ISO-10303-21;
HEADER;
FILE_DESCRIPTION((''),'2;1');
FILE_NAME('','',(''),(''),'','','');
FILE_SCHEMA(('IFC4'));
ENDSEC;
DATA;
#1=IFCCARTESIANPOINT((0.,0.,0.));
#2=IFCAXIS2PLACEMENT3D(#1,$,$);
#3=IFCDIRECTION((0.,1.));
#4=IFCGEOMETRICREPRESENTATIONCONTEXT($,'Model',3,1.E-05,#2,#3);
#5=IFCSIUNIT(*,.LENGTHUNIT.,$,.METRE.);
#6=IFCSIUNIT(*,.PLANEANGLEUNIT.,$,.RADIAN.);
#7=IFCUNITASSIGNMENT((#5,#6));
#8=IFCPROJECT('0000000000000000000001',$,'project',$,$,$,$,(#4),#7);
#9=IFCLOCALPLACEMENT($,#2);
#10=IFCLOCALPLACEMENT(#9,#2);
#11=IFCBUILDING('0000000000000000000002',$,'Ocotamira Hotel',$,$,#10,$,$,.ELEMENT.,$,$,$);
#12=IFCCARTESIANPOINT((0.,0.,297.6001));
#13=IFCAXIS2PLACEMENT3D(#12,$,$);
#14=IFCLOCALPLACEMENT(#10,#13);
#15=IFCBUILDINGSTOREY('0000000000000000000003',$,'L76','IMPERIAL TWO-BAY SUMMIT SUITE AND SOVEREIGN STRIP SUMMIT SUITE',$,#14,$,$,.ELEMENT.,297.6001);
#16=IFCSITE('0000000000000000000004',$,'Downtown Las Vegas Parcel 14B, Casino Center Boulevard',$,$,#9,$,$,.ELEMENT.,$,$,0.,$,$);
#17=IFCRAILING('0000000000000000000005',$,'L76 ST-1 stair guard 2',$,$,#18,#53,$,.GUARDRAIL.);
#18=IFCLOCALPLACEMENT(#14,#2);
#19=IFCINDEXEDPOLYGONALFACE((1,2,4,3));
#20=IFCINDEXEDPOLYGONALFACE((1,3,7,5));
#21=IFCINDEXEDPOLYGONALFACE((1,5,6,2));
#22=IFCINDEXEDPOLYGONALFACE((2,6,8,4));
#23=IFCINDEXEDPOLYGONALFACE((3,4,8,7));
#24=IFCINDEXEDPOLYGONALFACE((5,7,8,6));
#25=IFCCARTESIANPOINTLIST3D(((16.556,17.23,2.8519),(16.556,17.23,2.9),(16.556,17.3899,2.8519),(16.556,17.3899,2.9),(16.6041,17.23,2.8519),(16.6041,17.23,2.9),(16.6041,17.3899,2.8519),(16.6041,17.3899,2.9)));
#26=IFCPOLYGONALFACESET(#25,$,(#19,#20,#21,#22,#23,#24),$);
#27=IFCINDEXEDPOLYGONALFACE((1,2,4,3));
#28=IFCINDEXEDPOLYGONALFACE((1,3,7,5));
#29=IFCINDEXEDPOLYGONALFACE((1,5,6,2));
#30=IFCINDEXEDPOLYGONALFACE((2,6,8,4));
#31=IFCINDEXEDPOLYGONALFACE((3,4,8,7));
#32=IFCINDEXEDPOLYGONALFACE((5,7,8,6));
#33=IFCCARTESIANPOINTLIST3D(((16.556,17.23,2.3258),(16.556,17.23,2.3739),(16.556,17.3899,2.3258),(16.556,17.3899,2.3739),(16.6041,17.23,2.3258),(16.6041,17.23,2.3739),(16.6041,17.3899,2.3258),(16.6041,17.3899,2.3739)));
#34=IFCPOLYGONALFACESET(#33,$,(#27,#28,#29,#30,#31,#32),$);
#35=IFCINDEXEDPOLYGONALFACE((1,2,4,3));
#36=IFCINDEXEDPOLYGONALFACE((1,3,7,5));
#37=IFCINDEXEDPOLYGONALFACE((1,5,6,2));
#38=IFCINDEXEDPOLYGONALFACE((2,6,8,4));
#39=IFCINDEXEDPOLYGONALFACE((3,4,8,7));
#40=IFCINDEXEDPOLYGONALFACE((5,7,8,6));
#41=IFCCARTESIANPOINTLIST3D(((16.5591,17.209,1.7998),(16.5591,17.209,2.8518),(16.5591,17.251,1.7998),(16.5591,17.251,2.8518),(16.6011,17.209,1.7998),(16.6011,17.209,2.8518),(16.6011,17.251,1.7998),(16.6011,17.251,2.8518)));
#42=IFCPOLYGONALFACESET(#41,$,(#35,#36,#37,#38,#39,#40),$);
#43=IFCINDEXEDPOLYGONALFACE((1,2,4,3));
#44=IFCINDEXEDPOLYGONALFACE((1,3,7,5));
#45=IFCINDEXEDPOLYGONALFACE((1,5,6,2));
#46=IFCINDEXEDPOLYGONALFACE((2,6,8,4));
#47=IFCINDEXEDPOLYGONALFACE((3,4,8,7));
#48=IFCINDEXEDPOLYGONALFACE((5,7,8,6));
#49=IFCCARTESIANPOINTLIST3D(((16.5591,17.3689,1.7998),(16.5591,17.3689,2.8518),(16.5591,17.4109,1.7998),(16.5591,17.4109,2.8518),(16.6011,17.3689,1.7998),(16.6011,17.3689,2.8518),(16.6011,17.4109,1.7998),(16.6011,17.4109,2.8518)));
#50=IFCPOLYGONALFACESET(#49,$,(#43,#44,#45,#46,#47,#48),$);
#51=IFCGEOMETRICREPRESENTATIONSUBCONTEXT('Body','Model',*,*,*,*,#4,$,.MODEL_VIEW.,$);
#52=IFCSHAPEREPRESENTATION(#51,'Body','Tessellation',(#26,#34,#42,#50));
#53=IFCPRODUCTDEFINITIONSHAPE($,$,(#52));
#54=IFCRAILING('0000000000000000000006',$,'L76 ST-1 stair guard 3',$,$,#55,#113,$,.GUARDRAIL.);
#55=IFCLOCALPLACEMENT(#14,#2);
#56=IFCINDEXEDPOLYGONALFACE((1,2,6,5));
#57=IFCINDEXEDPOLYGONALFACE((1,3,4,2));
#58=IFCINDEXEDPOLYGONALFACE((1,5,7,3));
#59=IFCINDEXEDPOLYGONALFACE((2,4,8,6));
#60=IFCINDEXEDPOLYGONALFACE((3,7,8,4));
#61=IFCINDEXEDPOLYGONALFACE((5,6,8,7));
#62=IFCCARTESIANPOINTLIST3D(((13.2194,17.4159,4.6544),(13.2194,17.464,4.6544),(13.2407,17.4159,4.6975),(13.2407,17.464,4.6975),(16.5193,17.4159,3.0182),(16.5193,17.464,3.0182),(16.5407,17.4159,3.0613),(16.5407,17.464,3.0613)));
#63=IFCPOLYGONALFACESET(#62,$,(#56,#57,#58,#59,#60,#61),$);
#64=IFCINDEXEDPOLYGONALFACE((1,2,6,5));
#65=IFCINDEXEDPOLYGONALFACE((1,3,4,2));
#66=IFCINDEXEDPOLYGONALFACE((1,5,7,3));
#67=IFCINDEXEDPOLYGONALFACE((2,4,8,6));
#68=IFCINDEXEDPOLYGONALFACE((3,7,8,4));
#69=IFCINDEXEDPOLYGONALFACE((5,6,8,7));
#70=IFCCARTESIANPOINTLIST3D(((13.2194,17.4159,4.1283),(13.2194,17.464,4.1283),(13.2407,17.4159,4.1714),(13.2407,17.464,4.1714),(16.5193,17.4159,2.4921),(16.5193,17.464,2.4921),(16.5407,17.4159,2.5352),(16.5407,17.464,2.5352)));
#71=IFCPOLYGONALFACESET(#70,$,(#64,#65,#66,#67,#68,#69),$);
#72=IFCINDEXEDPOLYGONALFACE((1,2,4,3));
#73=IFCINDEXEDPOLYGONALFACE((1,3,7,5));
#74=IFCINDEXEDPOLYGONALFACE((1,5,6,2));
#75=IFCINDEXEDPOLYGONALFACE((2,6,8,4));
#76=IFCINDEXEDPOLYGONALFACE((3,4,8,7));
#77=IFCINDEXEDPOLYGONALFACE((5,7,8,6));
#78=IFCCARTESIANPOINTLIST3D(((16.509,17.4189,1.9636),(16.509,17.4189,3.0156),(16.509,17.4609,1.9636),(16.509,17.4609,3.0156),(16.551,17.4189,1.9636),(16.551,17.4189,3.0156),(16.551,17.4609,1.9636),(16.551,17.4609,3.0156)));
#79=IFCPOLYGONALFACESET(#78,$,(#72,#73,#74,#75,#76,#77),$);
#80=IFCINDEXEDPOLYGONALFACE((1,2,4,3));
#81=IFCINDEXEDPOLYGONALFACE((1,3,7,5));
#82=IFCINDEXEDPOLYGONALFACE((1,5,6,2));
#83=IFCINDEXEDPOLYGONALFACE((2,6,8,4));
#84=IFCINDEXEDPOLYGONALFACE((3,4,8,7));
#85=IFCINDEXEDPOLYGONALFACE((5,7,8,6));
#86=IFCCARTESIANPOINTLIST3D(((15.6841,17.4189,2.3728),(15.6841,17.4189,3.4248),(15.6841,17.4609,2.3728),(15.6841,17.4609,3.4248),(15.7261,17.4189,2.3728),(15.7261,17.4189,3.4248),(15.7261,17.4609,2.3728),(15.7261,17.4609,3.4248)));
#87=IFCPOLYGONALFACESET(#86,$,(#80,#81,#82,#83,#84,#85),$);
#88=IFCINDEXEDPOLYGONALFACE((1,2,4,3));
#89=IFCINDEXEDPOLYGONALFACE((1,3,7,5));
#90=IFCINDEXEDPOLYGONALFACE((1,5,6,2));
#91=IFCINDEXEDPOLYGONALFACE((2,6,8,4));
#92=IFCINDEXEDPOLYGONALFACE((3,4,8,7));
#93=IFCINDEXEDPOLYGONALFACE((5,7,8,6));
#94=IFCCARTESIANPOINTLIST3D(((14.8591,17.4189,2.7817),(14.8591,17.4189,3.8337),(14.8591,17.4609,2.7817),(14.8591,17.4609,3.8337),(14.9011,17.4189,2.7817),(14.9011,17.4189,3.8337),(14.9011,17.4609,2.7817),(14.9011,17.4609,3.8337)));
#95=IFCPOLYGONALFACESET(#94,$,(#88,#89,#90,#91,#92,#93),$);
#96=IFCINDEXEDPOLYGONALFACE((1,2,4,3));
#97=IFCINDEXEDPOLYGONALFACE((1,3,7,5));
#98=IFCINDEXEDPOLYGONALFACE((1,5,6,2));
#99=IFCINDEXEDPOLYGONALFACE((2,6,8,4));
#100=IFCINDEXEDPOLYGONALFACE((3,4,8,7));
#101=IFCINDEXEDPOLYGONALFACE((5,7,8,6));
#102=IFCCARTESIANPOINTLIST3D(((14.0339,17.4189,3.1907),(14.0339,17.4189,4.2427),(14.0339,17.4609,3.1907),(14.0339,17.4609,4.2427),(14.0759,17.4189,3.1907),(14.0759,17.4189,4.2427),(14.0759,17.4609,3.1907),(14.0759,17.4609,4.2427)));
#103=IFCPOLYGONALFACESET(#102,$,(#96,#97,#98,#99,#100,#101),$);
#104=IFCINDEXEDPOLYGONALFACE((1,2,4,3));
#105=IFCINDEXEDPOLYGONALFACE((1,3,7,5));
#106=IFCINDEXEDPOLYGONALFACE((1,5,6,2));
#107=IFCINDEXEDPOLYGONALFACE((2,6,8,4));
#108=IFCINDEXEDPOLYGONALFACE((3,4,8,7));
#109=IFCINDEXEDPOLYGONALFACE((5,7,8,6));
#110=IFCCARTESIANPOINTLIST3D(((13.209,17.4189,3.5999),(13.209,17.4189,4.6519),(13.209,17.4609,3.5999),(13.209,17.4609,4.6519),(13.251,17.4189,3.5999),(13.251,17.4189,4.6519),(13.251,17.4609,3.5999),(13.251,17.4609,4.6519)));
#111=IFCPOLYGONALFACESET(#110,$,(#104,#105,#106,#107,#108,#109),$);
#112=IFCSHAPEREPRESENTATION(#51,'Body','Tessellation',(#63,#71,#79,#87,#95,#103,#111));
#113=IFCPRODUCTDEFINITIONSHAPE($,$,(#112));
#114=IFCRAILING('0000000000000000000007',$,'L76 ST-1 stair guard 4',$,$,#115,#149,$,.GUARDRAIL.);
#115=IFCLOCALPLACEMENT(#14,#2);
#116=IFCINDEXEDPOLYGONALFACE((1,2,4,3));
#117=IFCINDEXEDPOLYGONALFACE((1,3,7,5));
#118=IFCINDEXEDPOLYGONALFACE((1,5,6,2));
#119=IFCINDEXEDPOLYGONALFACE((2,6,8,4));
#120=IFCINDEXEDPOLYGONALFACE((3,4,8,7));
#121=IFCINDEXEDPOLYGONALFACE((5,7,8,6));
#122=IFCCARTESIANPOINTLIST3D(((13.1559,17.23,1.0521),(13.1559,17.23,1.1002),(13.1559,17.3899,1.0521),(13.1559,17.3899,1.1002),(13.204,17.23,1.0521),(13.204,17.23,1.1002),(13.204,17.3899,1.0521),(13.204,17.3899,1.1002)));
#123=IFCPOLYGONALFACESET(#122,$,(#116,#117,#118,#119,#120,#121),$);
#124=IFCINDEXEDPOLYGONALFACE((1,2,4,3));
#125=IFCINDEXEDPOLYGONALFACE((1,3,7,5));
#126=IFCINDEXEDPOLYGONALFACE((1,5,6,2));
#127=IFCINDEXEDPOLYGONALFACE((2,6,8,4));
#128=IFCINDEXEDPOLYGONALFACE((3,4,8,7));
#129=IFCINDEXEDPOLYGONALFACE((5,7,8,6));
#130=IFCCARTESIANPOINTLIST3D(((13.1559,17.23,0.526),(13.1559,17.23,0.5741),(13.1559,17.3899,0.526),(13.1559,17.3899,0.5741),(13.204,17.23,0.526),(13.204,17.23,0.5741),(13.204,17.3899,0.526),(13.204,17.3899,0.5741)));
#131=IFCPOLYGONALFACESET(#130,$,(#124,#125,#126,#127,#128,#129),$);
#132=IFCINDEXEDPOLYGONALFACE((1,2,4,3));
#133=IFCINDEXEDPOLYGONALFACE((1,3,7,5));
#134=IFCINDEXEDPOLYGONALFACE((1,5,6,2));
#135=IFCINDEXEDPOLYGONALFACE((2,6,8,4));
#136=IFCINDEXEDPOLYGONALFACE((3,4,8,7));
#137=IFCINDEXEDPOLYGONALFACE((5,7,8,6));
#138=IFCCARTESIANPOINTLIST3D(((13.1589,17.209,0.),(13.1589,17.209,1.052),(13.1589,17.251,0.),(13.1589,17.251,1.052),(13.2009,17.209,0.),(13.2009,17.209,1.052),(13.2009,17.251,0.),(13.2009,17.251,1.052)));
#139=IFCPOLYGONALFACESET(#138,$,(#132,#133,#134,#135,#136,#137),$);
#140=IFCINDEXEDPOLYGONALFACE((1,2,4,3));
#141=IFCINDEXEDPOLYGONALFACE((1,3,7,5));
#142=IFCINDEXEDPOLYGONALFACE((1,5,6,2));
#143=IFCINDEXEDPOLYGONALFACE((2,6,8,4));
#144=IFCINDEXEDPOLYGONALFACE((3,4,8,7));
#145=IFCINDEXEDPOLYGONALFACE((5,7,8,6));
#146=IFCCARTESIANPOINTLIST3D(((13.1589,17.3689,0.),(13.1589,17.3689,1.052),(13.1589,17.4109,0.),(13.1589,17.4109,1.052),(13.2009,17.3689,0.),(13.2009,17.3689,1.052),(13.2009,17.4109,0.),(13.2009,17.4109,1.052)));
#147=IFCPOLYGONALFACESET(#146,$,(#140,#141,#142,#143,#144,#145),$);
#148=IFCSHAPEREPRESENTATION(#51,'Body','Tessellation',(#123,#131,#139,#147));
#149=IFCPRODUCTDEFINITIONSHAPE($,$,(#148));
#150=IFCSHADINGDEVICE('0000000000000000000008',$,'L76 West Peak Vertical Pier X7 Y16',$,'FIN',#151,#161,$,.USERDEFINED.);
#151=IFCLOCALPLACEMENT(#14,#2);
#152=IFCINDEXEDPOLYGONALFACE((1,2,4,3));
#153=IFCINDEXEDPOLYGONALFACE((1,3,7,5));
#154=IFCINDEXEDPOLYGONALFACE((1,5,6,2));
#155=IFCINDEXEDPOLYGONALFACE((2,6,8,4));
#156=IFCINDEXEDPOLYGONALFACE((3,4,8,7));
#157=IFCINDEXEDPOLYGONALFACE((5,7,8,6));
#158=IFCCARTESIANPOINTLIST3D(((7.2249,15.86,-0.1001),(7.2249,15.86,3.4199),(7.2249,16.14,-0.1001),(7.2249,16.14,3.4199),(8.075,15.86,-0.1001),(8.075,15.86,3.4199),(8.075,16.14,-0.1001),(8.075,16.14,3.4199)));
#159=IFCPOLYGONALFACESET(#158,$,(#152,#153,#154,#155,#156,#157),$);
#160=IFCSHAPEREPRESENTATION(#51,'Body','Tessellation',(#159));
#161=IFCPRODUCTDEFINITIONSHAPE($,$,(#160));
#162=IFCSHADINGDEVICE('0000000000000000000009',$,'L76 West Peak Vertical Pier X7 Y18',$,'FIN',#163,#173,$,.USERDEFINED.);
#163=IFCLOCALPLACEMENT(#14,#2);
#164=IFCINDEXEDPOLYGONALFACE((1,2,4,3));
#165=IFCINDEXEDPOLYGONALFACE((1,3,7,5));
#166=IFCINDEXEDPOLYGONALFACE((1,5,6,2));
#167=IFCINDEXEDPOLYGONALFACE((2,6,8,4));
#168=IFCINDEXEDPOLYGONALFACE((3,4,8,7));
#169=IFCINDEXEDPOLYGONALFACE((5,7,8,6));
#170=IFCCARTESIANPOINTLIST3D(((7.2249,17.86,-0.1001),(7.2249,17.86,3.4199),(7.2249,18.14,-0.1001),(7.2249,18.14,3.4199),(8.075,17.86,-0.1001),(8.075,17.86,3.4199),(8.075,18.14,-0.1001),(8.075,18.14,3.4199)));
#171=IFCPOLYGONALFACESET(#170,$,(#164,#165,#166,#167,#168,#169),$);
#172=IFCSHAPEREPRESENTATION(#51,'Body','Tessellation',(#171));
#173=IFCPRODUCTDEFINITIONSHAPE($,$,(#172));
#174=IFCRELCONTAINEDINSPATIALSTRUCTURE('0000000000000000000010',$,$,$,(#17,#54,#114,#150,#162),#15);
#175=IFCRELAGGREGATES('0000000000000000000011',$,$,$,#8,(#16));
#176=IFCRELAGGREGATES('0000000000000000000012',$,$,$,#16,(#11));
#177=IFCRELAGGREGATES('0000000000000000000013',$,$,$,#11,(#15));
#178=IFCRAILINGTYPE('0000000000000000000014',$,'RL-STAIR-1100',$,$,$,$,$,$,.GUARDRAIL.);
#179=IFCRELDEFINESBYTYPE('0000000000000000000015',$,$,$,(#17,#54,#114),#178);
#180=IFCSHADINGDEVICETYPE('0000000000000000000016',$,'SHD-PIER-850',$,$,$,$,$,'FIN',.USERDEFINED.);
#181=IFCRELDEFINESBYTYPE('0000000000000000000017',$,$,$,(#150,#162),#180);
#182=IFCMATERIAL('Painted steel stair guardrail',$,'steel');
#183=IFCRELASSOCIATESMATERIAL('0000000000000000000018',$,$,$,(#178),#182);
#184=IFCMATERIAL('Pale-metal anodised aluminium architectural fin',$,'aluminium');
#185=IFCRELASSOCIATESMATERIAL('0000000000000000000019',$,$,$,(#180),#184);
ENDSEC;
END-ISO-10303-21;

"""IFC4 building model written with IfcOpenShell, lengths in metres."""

from ifc_helpers import new_model, si_unit, direction, frame, origin, origin_2d, place, context, subcontext, project, spatial, rectangle, extrude, source, transform, mapped, material, type_object, element, save


model = new_model("IFC4")

# Units and contexts
model_context = context("Model", 3, precision=1e-05, world=origin(), true_north=direction((0.0, 1.0)))
body_context = subcontext(model_context, "Body", "Model", "MODEL_VIEW")
ifc_project = project(units=[si_unit("LENGTHUNIT", "METRE"), si_unit("PLANEANGLEUNIT", "RADIAN")], contexts=[model_context])

# Site, building, storey
site_placement = place(None, origin())
site = spatial("IfcSite", under=ifc_project, at=site_placement, Name="Downtown Las Vegas Parcel 14B, Casino Center Boulevard", CompositionType="ELEMENT", RefElevation=0.0)
building_placement = place(site_placement, origin())
building = spatial("IfcBuilding", under=site, at=building_placement, Name="Ocotamira Hotel", CompositionType="ELEMENT")
storey_placement = place(building_placement, frame((0.0, 0.0, 297.6001)))
storey = spatial("IfcBuildingStorey", under=building, at=storey_placement, Name="L76", Description="IMPERIAL TWO-BAY SUMMIT SUITE AND SOVEREIGN STRIP SUMMIT SUITE", CompositionType="ELEMENT", Elevation=297.6001)

# Railings
ifc_material_1 = material(Name="Painted steel stair guardrail", Category="steel")
railing_type_1 = type_object("IfcRailingType", Name="RL-STAIR-1100", PredefinedType="GUARDRAIL", material=ifc_material_1)
railing_1_placement = place(storey_placement, frame((16.5801, 17.23, 1.7998)))
element("IfcRailing", 1, at=railing_1_placement, inside=storey, type_object=railing_type_1, Name="L76 ST-1 stair guard 2", PredefinedType="GUARDRAIL", context=body_context, shape_type="SweptSolid", body=[
    extrude(rectangle(XDim=0.0481, YDim=0.0481, at=origin_2d()), frame((0.0, 0.0, 1.0762), z_axis=(0.0, 1.0, 0.0), x_axis=(-1.0, 0.0, 0.0)), (0.0, 0.0, 1.0), 0.1599),
    extrude(rectangle(XDim=0.0481, YDim=0.0481, at=origin_2d()), frame((0.0, 0.0, 0.55), z_axis=(0.0, 1.0, 0.0), x_axis=(-1.0, 0.0, 0.0)), (0.0, 0.0, 1.0), 0.1599),
    extrude(rectangle(XDim=0.042, YDim=0.042, at=origin_2d()), origin(), (0.0, 0.0, 1.0), 1.052),
    extrude(rectangle(XDim=0.042, YDim=0.042, at=origin_2d()), frame((0.0, 0.1599, 0.0)), (0.0, 0.0, 1.0), 1.052),
])
railing_2_placement = place(storey_placement, frame((16.53, 17.4399, 1.9636)))
element("IfcRailing", 2, at=railing_2_placement, inside=storey, type_object=railing_type_1, Name="L76 ST-1 stair guard 3", PredefinedType="GUARDRAIL", context=body_context, shape_type="SweptSolid", body=[
    extrude(rectangle(XDim=0.0481, YDim=0.0481, at=origin_2d()), frame((0.0, 0.0, 1.0762), z_axis=(-0.89592, 0.0, 0.444215), x_axis=(0.0, -1.0, 0.0)), (0.0, 0.0, 1.0), 3.6833),
    extrude(rectangle(XDim=0.0481, YDim=0.0481, at=origin_2d()), frame((0.0, 0.0, 0.55), z_axis=(-0.89592, 0.0, 0.444215), x_axis=(0.0, -1.0, 0.0)), (0.0, 0.0, 1.0), 3.6833),
    extrude(rectangle(XDim=0.042, YDim=0.042, at=origin_2d()), origin(), (0.0, 0.0, 1.0), 1.052),
    extrude(rectangle(XDim=0.042, YDim=0.042, at=origin_2d()), frame((-0.825, 0.0, 0.4092)), (0.0, 0.0, 1.0), 1.052),
    extrude(rectangle(XDim=0.042, YDim=0.042, at=origin_2d()), frame((-1.6499, 0.0, 0.8181)), (0.0, 0.0, 1.0), 1.052),
    extrude(rectangle(XDim=0.042, YDim=0.042, at=origin_2d()), frame((-2.4751, 0.0, 1.2271)), (0.0, 0.0, 1.0), 1.052),
    extrude(rectangle(XDim=0.042, YDim=0.042, at=origin_2d()), frame((-3.3, 0.0, 1.6362)), (0.0, 0.0, 1.0), 1.052),
])
railing_3_placement = place(storey_placement, frame((13.1799, 17.23, 0.0)))
element("IfcRailing", 3, at=railing_3_placement, inside=storey, type_object=railing_type_1, Name="L76 ST-1 stair guard 4", PredefinedType="GUARDRAIL", context=body_context, shape_type="SweptSolid", body=[
    extrude(rectangle(XDim=0.0481, YDim=0.0481, at=origin_2d()), frame((0.0, 0.0, 1.0762), z_axis=(0.0, 1.0, 0.0), x_axis=(-1.0, 0.0, 0.0)), (0.0, 0.0, 1.0), 0.1599),
    extrude(rectangle(XDim=0.0481, YDim=0.0481, at=origin_2d()), frame((0.0, 0.0, 0.55), z_axis=(0.0, 1.0, 0.0), x_axis=(-1.0, 0.0, 0.0)), (0.0, 0.0, 1.0), 0.1599),
    extrude(rectangle(XDim=0.042, YDim=0.042, at=origin_2d()), origin(), (0.0, 0.0, 1.0), 1.052),
    extrude(rectangle(XDim=0.042, YDim=0.042, at=origin_2d()), frame((0.0, 0.1599, 0.0)), (0.0, 0.0, 1.0), 1.052),
])

# Shading devices
ifc_material_2 = material(Name="Pale-metal anodised aluminium architectural fin", Category="aluminium")
shading_device_type = type_object("IfcShadingDeviceType", Name="SHD-PIER-850", ElementType="FIN", PredefinedType="USERDEFINED", material=ifc_material_2)
shared_shape_1 = source(origin(), body_context, "Body", "SweptSolid", [
    extrude(rectangle(XDim=0.8501, YDim=0.28, at=origin_2d()), origin(), (0.0, 0.0, 1.0), 3.52),
])
for number, where, z_axis, x_axis, name in (
    (4, (7.6499, 16.0, -0.1001), (0.0, 0.0, 1.0), (1.0, 0.0, 0.0), "L76 West Peak Vertical Pier X7 Y16"),
    (5, (7.6499, 18.0, -0.1001), (0.0, 0.0, 1.0), (1.0, 0.0, 0.0), "L76 West Peak Vertical Pier X7 Y18"),
):
    element("IfcShadingDevice", number, at=place(storey_placement, frame(where, z_axis=z_axis, x_axis=x_axis)), inside=storey, type_object=shading_device_type, Name=name, ObjectType="FIN", PredefinedType="USERDEFINED", context=body_context, shape_type="MappedRepresentation", body=[
        mapped(shared_shape_1, transform((0.0, 0.0, 0.0), scale=1.0)),
    ])

save(model, "model.ifc")
